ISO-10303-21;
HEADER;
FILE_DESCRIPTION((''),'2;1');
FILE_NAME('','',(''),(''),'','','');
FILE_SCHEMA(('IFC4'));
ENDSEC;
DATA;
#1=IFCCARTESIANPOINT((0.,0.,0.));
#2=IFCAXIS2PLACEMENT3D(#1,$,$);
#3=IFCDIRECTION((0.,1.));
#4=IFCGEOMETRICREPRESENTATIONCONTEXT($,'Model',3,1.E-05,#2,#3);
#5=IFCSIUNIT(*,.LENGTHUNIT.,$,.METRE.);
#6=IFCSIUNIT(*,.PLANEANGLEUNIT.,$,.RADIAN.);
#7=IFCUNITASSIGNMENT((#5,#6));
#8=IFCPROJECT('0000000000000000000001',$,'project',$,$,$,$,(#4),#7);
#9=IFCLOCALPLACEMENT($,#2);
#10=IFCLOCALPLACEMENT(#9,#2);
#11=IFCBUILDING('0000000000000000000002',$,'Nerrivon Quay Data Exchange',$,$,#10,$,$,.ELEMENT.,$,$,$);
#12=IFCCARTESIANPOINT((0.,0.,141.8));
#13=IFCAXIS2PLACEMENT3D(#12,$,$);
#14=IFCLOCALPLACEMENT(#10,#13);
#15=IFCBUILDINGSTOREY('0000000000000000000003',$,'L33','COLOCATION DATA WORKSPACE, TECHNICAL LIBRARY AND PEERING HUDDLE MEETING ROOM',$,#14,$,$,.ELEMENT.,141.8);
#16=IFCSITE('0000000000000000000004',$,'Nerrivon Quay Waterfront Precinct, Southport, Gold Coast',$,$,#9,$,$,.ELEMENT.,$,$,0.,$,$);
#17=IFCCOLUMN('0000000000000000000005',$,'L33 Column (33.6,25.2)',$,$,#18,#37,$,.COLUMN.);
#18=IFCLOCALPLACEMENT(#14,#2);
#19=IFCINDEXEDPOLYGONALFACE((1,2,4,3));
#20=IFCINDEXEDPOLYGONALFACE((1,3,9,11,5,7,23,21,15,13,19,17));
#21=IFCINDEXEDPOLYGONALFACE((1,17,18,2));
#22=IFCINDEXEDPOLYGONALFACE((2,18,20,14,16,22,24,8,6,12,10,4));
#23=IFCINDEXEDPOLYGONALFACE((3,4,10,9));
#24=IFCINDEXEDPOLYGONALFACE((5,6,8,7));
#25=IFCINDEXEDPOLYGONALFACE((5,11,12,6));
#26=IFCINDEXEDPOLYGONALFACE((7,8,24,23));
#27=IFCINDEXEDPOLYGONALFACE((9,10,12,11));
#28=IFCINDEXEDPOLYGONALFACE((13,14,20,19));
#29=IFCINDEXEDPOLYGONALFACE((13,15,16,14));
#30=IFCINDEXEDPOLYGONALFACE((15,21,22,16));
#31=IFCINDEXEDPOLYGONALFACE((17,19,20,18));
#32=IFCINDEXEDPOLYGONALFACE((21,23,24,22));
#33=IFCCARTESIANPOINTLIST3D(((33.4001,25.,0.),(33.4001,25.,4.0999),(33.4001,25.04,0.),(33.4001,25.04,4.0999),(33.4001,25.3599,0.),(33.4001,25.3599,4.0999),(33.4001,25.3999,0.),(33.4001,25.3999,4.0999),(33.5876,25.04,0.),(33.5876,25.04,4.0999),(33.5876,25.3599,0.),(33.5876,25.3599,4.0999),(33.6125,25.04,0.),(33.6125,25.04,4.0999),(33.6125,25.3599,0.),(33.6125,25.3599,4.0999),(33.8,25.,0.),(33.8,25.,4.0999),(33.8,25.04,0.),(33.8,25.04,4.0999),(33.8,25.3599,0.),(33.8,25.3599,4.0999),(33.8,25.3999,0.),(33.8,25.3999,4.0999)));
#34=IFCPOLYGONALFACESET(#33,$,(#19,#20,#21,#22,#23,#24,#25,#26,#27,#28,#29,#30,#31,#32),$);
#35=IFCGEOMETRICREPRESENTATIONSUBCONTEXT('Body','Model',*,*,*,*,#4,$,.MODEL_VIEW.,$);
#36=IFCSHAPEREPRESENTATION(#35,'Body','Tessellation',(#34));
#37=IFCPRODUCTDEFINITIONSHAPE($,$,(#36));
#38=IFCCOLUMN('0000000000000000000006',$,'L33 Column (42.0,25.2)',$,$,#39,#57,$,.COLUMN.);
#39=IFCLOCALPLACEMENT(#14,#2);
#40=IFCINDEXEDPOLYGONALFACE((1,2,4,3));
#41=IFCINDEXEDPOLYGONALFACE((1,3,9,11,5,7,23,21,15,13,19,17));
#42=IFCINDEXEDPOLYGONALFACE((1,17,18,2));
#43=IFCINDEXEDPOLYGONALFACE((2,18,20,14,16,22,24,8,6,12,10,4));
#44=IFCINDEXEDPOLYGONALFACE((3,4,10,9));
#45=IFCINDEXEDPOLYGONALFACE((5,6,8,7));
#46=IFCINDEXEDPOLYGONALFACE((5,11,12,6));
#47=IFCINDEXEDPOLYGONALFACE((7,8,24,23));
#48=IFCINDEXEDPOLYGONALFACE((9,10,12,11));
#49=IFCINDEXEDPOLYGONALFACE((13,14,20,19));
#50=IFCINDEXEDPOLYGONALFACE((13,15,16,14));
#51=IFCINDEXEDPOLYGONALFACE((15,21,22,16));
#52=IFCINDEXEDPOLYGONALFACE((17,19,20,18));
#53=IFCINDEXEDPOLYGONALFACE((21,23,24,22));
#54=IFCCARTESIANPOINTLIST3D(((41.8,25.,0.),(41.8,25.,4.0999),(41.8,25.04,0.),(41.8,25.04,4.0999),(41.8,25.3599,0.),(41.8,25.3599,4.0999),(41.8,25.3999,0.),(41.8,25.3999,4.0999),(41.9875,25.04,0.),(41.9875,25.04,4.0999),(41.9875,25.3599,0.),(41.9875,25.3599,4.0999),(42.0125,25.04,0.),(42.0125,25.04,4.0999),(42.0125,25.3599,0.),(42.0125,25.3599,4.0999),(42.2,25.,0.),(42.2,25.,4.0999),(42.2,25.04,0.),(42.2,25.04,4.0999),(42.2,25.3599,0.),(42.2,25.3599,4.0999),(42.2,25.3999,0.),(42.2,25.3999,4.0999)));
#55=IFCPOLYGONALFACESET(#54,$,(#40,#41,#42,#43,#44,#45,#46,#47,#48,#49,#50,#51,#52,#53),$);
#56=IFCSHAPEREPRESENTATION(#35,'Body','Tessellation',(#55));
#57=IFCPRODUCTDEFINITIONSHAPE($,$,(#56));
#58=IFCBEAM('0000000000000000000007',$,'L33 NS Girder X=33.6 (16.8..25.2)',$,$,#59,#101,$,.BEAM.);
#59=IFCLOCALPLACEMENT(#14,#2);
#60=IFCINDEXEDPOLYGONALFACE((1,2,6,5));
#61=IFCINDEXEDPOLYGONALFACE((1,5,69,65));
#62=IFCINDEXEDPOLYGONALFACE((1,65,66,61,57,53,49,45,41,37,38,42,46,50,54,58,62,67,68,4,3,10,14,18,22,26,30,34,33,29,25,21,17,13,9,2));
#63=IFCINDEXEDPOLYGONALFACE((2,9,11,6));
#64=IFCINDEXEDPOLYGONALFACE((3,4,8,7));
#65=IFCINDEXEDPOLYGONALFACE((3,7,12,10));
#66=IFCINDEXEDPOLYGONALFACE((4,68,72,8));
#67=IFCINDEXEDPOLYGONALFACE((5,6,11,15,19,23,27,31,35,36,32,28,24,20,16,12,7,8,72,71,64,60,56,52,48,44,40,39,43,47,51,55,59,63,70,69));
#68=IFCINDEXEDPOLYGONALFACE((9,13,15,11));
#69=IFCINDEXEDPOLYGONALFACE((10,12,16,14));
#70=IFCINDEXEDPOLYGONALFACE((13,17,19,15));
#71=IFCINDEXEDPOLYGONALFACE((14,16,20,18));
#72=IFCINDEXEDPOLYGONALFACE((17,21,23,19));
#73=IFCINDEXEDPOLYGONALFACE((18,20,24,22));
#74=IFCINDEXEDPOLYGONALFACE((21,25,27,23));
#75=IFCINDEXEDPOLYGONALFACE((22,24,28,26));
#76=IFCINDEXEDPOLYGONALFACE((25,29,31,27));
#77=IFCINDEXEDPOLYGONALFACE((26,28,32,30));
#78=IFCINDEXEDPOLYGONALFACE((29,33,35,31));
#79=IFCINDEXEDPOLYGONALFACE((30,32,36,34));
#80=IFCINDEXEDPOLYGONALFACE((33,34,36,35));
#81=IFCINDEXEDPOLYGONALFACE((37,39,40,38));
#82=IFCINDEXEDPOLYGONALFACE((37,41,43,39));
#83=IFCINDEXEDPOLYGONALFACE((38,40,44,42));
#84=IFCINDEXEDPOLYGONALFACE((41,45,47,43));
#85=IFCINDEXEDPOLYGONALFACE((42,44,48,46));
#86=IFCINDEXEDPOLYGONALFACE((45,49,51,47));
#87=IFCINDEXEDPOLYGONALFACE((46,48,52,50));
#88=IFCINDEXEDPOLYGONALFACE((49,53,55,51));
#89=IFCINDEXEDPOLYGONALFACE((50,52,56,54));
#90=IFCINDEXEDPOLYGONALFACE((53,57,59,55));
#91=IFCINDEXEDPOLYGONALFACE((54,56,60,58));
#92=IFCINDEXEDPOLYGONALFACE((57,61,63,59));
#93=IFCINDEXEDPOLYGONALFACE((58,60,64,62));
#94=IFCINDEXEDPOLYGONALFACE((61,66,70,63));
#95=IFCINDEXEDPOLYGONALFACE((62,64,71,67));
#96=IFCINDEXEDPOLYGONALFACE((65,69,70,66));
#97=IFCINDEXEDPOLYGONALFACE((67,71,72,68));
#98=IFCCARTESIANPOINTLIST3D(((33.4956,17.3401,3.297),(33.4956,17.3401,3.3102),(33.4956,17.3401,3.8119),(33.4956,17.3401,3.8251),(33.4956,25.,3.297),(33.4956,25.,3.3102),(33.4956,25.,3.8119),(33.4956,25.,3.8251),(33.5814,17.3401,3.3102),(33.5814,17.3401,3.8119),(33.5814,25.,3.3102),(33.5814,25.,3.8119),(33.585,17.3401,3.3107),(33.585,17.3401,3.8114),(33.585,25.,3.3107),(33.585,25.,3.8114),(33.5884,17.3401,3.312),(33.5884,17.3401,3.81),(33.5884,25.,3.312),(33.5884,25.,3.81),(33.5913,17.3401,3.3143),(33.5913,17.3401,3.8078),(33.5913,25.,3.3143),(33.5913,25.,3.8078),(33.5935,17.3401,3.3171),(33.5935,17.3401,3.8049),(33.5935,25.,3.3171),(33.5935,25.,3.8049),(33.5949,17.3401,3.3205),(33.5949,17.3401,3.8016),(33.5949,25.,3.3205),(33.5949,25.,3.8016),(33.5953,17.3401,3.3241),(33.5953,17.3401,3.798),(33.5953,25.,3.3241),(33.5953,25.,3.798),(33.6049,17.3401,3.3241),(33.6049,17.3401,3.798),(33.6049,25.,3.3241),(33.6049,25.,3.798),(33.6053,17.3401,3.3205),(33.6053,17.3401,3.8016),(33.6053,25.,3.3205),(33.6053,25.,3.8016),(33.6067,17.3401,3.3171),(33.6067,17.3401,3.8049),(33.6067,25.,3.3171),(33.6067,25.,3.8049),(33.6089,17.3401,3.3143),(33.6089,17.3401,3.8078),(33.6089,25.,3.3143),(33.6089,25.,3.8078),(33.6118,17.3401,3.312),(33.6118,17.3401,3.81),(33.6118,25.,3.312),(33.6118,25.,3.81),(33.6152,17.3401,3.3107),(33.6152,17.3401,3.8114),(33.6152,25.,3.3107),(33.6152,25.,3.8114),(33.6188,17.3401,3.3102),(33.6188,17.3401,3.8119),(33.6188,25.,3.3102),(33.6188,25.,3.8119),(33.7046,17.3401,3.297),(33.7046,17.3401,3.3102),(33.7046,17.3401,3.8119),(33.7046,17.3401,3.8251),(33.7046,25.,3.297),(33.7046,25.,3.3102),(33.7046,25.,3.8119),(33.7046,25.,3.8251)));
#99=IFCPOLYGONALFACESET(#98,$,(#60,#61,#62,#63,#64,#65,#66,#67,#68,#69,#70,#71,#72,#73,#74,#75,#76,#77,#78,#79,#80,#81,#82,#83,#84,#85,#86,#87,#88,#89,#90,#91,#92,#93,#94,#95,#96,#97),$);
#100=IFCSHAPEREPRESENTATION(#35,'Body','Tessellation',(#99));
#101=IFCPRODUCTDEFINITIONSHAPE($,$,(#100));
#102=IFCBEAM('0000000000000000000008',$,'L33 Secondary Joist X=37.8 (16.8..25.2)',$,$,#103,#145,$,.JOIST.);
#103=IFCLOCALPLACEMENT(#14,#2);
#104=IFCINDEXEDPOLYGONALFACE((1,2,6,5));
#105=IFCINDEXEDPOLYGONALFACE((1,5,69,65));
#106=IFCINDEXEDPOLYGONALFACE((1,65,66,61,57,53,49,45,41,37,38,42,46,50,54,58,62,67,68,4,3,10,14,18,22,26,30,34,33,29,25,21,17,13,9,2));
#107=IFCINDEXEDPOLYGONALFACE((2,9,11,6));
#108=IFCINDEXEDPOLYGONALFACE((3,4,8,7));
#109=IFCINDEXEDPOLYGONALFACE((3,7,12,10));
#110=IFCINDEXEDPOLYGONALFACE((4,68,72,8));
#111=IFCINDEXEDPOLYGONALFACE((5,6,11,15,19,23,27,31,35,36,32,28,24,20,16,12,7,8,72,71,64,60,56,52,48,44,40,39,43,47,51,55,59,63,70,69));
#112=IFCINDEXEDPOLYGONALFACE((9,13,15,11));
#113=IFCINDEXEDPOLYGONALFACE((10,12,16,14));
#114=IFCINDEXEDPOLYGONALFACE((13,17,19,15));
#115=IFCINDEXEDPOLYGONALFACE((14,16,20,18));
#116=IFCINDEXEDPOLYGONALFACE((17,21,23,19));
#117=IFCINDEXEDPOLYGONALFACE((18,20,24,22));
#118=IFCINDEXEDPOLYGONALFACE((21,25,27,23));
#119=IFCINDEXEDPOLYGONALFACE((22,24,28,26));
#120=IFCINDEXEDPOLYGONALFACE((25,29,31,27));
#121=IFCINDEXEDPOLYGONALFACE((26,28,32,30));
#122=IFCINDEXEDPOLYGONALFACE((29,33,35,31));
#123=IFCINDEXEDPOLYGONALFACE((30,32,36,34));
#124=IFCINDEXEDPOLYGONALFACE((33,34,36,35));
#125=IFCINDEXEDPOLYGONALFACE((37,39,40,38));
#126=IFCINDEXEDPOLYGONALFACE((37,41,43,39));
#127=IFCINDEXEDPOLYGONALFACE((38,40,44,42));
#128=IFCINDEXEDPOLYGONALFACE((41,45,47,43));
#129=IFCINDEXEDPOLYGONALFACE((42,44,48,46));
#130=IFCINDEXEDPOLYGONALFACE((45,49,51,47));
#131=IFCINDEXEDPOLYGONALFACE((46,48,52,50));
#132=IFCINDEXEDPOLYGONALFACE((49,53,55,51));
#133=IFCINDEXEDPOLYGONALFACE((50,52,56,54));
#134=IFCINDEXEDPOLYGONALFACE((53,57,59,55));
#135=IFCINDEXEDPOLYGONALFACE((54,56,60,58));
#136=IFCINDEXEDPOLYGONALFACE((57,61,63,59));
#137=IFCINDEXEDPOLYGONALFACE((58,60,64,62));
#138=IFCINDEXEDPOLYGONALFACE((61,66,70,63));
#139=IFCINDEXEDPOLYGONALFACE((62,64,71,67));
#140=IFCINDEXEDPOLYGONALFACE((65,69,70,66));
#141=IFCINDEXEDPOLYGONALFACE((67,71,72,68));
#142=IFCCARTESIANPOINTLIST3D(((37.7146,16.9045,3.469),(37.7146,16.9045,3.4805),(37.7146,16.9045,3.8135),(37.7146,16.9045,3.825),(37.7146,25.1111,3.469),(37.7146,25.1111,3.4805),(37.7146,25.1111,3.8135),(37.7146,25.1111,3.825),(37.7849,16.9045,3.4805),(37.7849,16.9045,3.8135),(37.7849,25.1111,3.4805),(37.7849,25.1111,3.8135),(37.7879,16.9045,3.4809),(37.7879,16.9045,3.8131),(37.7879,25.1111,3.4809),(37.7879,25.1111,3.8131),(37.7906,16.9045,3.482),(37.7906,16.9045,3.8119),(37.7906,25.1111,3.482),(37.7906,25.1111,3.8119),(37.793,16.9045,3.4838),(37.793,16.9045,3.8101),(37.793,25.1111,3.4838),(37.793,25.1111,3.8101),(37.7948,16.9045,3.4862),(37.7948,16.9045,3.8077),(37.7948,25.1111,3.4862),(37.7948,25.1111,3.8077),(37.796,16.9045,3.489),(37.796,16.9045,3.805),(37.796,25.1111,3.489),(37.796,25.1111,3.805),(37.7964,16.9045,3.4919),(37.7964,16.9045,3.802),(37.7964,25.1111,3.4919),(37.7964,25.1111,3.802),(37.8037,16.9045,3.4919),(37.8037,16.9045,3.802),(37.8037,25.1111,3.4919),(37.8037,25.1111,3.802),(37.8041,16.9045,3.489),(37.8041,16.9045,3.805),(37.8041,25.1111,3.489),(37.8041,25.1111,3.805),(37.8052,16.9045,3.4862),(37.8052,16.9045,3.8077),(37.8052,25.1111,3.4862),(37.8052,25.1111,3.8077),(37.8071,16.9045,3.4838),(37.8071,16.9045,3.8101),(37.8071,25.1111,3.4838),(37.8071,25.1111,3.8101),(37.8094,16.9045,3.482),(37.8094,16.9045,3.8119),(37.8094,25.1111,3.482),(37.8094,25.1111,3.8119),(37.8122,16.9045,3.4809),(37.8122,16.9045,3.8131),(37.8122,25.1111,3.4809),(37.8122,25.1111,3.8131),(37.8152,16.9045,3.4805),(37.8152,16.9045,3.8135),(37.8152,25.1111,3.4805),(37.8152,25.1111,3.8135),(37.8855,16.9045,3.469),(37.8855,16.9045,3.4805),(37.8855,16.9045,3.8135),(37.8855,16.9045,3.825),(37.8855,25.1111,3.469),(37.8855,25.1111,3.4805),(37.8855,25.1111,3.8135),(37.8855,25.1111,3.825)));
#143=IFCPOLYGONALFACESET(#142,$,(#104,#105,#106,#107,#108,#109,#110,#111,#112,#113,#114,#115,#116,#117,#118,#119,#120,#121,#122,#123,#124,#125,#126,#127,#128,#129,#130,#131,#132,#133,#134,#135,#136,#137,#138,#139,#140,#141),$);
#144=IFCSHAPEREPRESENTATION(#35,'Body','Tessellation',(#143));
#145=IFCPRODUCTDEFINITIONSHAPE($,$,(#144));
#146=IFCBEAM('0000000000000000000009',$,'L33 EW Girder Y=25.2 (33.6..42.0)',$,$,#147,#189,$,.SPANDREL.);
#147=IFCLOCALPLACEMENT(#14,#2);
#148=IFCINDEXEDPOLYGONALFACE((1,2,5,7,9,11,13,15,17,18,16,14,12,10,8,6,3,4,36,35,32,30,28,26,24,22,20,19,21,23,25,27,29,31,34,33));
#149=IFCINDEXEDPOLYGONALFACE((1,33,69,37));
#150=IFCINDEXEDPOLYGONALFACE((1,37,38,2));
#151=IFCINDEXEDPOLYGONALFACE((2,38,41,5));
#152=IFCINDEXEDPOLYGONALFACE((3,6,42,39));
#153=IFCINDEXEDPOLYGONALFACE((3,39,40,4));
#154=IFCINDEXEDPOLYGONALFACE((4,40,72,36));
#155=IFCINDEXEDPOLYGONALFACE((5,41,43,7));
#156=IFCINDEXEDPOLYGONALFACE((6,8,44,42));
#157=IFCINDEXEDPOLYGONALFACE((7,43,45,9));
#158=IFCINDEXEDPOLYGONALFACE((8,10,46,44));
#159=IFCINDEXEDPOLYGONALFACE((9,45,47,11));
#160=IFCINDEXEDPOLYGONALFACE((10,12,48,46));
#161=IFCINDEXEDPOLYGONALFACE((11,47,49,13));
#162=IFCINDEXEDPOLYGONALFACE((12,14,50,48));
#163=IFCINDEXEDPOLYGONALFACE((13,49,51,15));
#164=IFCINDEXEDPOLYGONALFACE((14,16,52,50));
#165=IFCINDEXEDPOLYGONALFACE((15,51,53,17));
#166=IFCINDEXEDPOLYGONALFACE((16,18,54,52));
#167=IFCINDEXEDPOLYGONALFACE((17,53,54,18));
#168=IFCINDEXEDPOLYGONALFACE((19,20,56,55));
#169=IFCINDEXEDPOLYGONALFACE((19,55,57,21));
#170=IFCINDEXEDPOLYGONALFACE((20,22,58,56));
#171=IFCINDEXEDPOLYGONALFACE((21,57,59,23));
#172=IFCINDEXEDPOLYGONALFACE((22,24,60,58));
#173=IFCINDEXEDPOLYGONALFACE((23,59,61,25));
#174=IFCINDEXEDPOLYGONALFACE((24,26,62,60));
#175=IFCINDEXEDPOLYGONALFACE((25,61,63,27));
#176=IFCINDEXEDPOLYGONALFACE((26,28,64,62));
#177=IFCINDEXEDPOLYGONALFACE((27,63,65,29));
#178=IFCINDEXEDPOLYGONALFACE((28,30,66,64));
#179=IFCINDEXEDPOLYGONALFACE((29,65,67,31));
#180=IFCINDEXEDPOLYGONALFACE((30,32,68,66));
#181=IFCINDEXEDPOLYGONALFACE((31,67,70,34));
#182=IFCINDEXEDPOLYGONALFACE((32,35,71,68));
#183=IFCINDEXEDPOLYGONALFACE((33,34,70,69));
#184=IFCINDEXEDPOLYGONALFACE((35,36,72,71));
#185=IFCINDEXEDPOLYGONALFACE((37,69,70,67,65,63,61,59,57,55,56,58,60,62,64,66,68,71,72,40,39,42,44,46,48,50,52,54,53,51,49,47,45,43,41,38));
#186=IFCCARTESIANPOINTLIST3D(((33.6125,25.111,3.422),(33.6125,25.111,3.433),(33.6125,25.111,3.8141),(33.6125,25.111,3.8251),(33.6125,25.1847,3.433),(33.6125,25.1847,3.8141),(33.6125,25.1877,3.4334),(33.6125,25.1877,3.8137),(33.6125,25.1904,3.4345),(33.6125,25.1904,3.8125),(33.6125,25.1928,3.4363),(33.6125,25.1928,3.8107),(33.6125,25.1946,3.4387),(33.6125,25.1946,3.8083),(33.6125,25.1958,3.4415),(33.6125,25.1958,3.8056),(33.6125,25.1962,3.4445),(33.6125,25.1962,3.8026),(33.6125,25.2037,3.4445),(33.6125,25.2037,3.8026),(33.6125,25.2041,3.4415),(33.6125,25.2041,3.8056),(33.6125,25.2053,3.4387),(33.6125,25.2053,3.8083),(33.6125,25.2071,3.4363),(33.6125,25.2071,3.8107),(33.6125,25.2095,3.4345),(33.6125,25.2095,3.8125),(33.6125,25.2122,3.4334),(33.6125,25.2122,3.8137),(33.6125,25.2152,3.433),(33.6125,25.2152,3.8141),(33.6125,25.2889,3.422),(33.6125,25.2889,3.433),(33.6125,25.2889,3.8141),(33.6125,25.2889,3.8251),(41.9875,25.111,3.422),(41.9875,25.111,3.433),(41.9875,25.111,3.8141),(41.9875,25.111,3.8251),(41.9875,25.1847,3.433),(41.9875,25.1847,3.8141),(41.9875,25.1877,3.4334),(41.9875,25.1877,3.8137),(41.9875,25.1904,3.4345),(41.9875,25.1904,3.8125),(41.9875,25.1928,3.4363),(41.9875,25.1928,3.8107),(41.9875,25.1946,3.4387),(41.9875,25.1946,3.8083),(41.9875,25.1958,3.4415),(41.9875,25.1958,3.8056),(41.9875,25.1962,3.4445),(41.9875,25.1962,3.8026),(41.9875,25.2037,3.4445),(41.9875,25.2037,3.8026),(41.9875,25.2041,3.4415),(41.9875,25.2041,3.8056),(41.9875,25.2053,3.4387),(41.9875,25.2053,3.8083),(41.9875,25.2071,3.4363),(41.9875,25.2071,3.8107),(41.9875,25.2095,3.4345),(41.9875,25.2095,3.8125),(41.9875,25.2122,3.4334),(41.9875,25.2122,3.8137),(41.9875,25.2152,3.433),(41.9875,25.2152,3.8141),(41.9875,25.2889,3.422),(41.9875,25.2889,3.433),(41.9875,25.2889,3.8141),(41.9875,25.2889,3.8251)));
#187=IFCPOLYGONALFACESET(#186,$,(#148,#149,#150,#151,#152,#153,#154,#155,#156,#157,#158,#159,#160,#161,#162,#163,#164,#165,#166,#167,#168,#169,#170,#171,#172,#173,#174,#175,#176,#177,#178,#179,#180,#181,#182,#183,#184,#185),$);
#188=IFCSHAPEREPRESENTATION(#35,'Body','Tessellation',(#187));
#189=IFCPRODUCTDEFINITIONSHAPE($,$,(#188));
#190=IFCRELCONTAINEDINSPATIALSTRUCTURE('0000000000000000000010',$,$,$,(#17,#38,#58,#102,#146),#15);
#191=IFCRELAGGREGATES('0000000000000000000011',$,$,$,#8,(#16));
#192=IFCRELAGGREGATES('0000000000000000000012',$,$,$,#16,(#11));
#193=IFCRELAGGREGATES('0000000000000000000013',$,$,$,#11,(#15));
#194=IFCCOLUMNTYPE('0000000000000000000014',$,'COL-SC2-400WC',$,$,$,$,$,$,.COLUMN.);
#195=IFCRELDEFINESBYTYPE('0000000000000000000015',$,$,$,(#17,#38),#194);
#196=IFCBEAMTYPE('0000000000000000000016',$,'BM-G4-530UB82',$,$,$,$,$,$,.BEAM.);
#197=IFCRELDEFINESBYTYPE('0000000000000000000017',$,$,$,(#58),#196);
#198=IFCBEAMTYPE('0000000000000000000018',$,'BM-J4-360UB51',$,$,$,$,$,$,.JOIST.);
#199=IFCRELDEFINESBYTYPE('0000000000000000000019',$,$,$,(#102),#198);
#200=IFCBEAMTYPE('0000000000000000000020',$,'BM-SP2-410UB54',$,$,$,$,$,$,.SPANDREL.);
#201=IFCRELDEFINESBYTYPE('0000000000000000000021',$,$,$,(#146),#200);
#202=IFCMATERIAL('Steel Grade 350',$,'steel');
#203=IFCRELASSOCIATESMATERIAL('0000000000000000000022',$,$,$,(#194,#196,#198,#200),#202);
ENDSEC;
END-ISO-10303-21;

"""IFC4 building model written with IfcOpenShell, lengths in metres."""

from ifc_helpers import new_model, si_unit, direction, frame, origin, origin_2d, place, context, subcontext, project, spatial, i_section, extrude, material, material_profile, profile_set, type_object, element, save


model = new_model("IFC4")

# Units and contexts
model_context = context("Model", 3, precision=1e-05, world=origin(), true_north=direction((0.0, 1.0)))
body_context = subcontext(model_context, "Body", "Model", "MODEL_VIEW")
ifc_project = project(units=[si_unit("LENGTHUNIT", "METRE"), si_unit("PLANEANGLEUNIT", "RADIAN")], contexts=[model_context])

# Site, building, storey
site_placement = place(None, origin())
site = spatial("IfcSite", under=ifc_project, at=site_placement, Name="Nerrivon Quay Waterfront Precinct, Southport, Gold Coast", CompositionType="ELEMENT", RefElevation=0.0)
building_placement = place(site_placement, origin())
building = spatial("IfcBuilding", under=site, at=building_placement, Name="Nerrivon Quay Data Exchange", CompositionType="ELEMENT")
storey_placement = place(building_placement, frame((0.0, 0.0, 141.8)))
storey = spatial("IfcBuildingStorey", under=building, at=storey_placement, Name="L33", Description="COLOCATION DATA WORKSPACE, TECHNICAL LIBRARY AND PEERING HUDDLE MEETING ROOM", CompositionType="ELEMENT", Elevation=141.8)

# Columns
ifc_material_1 = material(Name="Steel Grade 350", Category="steel")
ifc_material_profile_1 = material_profile(ifc_material_1, i_section(OverallWidth=0.3999, OverallDepth=0.3999, WebThickness=0.0249, FlangeThickness=0.04, at=origin_2d()), Name="400WC328")
ifc_profile_set_1 = profile_set([ifc_material_profile_1], Name="Steel Grade 350")
column_type = type_object("IfcColumnType", Name="COL-SC2-400WC", PredefinedType="COLUMN", material=ifc_profile_set_1)
for number, where, z_axis, x_axis, name in (
    (1, (33.6001, 25.2, 0.0), (0.0, 0.0, 1.0), (1.0, 0.0, 0.0), "L33 Column (33.6,25.2)"),
    (2, (42.0, 25.2, 0.0), (0.0, 0.0, 1.0), (1.0, 0.0, 0.0), "L33 Column (42.0,25.2)"),
):
    element("IfcColumn", number, at=place(storey_placement, frame(where, z_axis=z_axis, x_axis=x_axis)), inside=storey, type_object=column_type, Name=name, PredefinedType="COLUMN", context=body_context, shape_type="SweptSolid", body=[
        extrude(i_section(OverallWidth=0.3999, OverallDepth=0.3999, WebThickness=0.0249, FlangeThickness=0.04, at=origin_2d()), origin(), (0.0, 0.0, 1.0), 4.0999),
    ])

# Beams
ifc_material_profile_2 = material_profile(ifc_material_1, i_section(OverallWidth=0.209, OverallDepth=0.5281, WebThickness=0.0095, FlangeThickness=0.0132, FilletRadius=0.0139, at=origin_2d()), Name="530UB82.0")
ifc_profile_set_2 = profile_set([ifc_material_profile_2], Name="Steel Grade 350")
beam_type_1 = type_object("IfcBeamType", Name="BM-G4-530UB82", PredefinedType="BEAM", material=ifc_profile_set_2)
beam_1_placement = place(storey_placement, frame((33.6001, 17.3401, 3.561), z_axis=(0.0, 1.0, 0.0), x_axis=(-1.0, 0.0, 0.0)))
element("IfcBeam", 3, at=beam_1_placement, inside=storey, type_object=beam_type_1, Name="L33 NS Girder X=33.6 (16.8..25.2)", PredefinedType="BEAM", context=body_context, shape_type="SweptSolid", body=[
    extrude(i_section(OverallWidth=0.209, OverallDepth=0.5281, WebThickness=0.0095, FlangeThickness=0.0132, FilletRadius=0.0139, at=origin_2d()), origin(), (0.0, 0.0, 1.0), 7.6599),
])
ifc_material_profile_3 = material_profile(ifc_material_1, i_section(OverallWidth=0.1709, OverallDepth=0.356, WebThickness=0.0073, FlangeThickness=0.0115, FilletRadius=0.0115, at=origin_2d()), Name="360UB50.7")
ifc_profile_set_3 = profile_set([ifc_material_profile_3], Name="Steel Grade 350")
beam_type_2 = type_object("IfcBeamType", Name="BM-J4-360UB51", PredefinedType="JOIST", material=ifc_profile_set_3)
beam_2_placement = place(storey_placement, frame((37.8, 16.9045, 3.647), z_axis=(0.0, 1.0, 0.0), x_axis=(-1.0, 0.0, 0.0)))
element("IfcBeam", 4, at=beam_2_placement, inside=storey, type_object=beam_type_2, Name="L33 Secondary Joist X=37.8 (16.8..25.2)", PredefinedType="JOIST", context=body_context, shape_type="SweptSolid", body=[
    extrude(i_section(OverallWidth=0.1709, OverallDepth=0.356, WebThickness=0.0073, FlangeThickness=0.0115, FilletRadius=0.0115, at=origin_2d()), origin(), (0.0, 0.0, 1.0), 8.2065),
])
ifc_material_profile_4 = material_profile(ifc_material_1, i_section(OverallWidth=0.178, OverallDepth=0.4031, WebThickness=0.0076, FlangeThickness=0.011, FilletRadius=0.0115, at=origin_2d()), Name="410UB53.7")
ifc_profile_set_4 = profile_set([ifc_material_profile_4], Name="Steel Grade 350")
beam_type_3 = type_object("IfcBeamType", Name="BM-SP2-410UB54", PredefinedType="SPANDREL", material=ifc_profile_set_4)
beam_3_placement = place(storey_placement, frame((33.6125, 25.2, 3.6235), z_axis=(1.0, 0.0, 0.0), x_axis=(0.0, 1.0, 0.0)))
element("IfcBeam", 5, at=beam_3_placement, inside=storey, type_object=beam_type_3, Name="L33 EW Girder Y=25.2 (33.6..42.0)", PredefinedType="SPANDREL", context=body_context, shape_type="SweptSolid", body=[
    extrude(i_section(OverallWidth=0.178, OverallDepth=0.4031, WebThickness=0.0076, FlangeThickness=0.011, FilletRadius=0.0115, at=origin_2d()), origin(), (0.0, 0.0, 1.0), 8.375),
])

save(model, "model.ifc")
